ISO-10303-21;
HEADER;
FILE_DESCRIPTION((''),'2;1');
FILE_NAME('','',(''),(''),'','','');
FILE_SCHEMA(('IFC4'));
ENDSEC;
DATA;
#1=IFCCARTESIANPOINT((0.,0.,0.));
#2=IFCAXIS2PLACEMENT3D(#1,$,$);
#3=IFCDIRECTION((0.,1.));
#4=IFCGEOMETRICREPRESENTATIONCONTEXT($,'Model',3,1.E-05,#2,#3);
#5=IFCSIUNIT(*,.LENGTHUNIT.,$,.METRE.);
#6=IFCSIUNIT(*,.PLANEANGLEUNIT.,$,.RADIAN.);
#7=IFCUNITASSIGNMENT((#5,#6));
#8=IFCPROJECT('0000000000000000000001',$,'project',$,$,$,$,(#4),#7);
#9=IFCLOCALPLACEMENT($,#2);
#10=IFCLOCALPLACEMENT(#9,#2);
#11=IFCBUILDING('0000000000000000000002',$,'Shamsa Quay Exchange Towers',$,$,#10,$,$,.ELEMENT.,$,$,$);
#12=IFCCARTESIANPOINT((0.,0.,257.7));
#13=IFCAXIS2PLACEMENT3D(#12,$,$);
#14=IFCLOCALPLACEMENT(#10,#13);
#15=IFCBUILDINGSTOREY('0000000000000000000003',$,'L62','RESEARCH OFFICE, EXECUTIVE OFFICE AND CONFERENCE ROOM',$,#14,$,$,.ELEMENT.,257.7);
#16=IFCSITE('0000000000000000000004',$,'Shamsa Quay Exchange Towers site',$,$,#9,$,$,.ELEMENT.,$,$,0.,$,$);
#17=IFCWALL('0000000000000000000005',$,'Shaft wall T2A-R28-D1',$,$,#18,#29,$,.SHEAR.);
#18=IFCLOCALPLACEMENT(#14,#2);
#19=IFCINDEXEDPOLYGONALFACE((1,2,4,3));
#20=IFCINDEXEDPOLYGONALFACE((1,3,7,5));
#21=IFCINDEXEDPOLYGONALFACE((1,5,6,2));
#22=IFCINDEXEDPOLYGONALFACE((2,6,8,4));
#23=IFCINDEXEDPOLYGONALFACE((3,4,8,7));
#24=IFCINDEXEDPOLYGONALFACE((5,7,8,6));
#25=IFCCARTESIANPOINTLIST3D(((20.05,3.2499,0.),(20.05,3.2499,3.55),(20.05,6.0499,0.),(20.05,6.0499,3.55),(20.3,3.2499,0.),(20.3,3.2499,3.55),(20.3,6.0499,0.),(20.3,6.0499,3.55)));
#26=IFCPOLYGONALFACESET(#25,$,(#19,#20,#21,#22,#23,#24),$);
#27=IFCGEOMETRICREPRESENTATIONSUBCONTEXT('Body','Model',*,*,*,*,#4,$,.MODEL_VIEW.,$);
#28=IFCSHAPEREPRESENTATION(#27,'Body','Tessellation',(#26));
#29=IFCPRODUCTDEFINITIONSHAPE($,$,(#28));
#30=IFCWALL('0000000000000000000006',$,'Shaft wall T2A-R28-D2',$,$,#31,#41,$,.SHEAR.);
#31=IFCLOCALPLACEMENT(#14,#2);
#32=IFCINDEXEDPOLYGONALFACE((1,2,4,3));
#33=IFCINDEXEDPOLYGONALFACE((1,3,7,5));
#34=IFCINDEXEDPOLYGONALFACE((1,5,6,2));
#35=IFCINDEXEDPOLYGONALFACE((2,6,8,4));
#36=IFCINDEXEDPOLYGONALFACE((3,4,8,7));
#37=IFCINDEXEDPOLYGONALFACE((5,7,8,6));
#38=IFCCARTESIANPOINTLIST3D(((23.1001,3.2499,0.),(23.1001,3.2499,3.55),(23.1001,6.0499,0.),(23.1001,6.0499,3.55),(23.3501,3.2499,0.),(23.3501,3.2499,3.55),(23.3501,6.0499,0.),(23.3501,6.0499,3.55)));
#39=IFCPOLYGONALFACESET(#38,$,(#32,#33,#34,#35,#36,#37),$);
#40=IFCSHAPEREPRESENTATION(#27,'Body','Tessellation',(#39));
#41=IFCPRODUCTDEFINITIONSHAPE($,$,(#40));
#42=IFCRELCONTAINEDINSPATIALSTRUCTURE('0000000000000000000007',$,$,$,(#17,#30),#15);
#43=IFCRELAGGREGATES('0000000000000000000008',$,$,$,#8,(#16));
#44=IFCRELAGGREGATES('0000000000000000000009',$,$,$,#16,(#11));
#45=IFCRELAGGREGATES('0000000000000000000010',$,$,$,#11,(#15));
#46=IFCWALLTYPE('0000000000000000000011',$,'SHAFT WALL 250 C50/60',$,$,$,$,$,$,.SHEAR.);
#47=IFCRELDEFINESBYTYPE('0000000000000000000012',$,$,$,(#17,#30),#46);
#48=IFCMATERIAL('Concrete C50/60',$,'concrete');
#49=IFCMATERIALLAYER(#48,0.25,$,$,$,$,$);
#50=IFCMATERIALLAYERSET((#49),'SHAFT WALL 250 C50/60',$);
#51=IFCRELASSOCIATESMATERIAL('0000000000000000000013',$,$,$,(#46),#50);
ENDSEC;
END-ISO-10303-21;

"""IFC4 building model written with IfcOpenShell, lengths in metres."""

from ifc_helpers import new_model, si_unit, direction, frame, frame_2d, origin, place, context, subcontext, project, spatial, rectangle, extrude, material, layer, layer_set, type_object, element, save


model = new_model("IFC4")

# Units and contexts
model_context = context("Model", 3, precision=1e-05, world=origin(), true_north=direction((0.0, 1.0)))
body_context = subcontext(model_context, "Body", "Model", "MODEL_VIEW")
ifc_project = project(units=[si_unit("LENGTHUNIT", "METRE"), si_unit("PLANEANGLEUNIT", "RADIAN")], contexts=[model_context])

# Site, building, storey
site_placement = place(None, origin())
site = spatial("IfcSite", under=ifc_project, at=site_placement, Name="Shamsa Quay Exchange Towers site", CompositionType="ELEMENT", RefElevation=0.0)
building_placement = place(site_placement, origin())
building = spatial("IfcBuilding", under=site, at=building_placement, Name="Shamsa Quay Exchange Towers", CompositionType="ELEMENT")
storey_placement = place(building_placement, frame((0.0, 0.0, 257.7)))
storey = spatial("IfcBuildingStorey", under=building, at=storey_placement, Name="L62", Description="RESEARCH OFFICE, EXECUTIVE OFFICE AND CONFERENCE ROOM", CompositionType="ELEMENT", Elevation=257.7)

# Walls
ifc_material_1 = material(Name="Concrete C50/60", Category="concrete")
ifc_layer_1 = layer(ifc_material_1, 0.25)
ifc_layer_set_1 = layer_set([ifc_layer_1], Name="SHAFT WALL 250 C50/60")
wall_type_1 = type_object("IfcWallType", Name="SHAFT WALL 250 C50/60", PredefinedType="SHEAR", material=ifc_layer_set_1)
for number, where, z_axis, x_axis, name in (
    (1, (20.175, 3.25, 0.0), (0.0, 0.0, 1.0), (0.0, 1.0, 0.0), "Shaft wall T2A-R28-D1"),
    (2, (23.2251, 3.25, 0.0), (0.0, 0.0, 1.0), (0.0, 1.0, 0.0), "Shaft wall T2A-R28-D2"),
):
    element("IfcWall", number, at=place(storey_placement, frame(where, z_axis=z_axis, x_axis=x_axis)), inside=storey, type_object=wall_type_1, Name=name, PredefinedType="SHEAR", context=body_context, shape_type="SweptSolid", body=[
        extrude(rectangle(XDim=2.8, YDim=0.25, at=frame_2d((1.3999, 0.0))), origin(), (0.0, 0.0, 1.0), 3.55),
    ])

save(model, "model.ifc")
